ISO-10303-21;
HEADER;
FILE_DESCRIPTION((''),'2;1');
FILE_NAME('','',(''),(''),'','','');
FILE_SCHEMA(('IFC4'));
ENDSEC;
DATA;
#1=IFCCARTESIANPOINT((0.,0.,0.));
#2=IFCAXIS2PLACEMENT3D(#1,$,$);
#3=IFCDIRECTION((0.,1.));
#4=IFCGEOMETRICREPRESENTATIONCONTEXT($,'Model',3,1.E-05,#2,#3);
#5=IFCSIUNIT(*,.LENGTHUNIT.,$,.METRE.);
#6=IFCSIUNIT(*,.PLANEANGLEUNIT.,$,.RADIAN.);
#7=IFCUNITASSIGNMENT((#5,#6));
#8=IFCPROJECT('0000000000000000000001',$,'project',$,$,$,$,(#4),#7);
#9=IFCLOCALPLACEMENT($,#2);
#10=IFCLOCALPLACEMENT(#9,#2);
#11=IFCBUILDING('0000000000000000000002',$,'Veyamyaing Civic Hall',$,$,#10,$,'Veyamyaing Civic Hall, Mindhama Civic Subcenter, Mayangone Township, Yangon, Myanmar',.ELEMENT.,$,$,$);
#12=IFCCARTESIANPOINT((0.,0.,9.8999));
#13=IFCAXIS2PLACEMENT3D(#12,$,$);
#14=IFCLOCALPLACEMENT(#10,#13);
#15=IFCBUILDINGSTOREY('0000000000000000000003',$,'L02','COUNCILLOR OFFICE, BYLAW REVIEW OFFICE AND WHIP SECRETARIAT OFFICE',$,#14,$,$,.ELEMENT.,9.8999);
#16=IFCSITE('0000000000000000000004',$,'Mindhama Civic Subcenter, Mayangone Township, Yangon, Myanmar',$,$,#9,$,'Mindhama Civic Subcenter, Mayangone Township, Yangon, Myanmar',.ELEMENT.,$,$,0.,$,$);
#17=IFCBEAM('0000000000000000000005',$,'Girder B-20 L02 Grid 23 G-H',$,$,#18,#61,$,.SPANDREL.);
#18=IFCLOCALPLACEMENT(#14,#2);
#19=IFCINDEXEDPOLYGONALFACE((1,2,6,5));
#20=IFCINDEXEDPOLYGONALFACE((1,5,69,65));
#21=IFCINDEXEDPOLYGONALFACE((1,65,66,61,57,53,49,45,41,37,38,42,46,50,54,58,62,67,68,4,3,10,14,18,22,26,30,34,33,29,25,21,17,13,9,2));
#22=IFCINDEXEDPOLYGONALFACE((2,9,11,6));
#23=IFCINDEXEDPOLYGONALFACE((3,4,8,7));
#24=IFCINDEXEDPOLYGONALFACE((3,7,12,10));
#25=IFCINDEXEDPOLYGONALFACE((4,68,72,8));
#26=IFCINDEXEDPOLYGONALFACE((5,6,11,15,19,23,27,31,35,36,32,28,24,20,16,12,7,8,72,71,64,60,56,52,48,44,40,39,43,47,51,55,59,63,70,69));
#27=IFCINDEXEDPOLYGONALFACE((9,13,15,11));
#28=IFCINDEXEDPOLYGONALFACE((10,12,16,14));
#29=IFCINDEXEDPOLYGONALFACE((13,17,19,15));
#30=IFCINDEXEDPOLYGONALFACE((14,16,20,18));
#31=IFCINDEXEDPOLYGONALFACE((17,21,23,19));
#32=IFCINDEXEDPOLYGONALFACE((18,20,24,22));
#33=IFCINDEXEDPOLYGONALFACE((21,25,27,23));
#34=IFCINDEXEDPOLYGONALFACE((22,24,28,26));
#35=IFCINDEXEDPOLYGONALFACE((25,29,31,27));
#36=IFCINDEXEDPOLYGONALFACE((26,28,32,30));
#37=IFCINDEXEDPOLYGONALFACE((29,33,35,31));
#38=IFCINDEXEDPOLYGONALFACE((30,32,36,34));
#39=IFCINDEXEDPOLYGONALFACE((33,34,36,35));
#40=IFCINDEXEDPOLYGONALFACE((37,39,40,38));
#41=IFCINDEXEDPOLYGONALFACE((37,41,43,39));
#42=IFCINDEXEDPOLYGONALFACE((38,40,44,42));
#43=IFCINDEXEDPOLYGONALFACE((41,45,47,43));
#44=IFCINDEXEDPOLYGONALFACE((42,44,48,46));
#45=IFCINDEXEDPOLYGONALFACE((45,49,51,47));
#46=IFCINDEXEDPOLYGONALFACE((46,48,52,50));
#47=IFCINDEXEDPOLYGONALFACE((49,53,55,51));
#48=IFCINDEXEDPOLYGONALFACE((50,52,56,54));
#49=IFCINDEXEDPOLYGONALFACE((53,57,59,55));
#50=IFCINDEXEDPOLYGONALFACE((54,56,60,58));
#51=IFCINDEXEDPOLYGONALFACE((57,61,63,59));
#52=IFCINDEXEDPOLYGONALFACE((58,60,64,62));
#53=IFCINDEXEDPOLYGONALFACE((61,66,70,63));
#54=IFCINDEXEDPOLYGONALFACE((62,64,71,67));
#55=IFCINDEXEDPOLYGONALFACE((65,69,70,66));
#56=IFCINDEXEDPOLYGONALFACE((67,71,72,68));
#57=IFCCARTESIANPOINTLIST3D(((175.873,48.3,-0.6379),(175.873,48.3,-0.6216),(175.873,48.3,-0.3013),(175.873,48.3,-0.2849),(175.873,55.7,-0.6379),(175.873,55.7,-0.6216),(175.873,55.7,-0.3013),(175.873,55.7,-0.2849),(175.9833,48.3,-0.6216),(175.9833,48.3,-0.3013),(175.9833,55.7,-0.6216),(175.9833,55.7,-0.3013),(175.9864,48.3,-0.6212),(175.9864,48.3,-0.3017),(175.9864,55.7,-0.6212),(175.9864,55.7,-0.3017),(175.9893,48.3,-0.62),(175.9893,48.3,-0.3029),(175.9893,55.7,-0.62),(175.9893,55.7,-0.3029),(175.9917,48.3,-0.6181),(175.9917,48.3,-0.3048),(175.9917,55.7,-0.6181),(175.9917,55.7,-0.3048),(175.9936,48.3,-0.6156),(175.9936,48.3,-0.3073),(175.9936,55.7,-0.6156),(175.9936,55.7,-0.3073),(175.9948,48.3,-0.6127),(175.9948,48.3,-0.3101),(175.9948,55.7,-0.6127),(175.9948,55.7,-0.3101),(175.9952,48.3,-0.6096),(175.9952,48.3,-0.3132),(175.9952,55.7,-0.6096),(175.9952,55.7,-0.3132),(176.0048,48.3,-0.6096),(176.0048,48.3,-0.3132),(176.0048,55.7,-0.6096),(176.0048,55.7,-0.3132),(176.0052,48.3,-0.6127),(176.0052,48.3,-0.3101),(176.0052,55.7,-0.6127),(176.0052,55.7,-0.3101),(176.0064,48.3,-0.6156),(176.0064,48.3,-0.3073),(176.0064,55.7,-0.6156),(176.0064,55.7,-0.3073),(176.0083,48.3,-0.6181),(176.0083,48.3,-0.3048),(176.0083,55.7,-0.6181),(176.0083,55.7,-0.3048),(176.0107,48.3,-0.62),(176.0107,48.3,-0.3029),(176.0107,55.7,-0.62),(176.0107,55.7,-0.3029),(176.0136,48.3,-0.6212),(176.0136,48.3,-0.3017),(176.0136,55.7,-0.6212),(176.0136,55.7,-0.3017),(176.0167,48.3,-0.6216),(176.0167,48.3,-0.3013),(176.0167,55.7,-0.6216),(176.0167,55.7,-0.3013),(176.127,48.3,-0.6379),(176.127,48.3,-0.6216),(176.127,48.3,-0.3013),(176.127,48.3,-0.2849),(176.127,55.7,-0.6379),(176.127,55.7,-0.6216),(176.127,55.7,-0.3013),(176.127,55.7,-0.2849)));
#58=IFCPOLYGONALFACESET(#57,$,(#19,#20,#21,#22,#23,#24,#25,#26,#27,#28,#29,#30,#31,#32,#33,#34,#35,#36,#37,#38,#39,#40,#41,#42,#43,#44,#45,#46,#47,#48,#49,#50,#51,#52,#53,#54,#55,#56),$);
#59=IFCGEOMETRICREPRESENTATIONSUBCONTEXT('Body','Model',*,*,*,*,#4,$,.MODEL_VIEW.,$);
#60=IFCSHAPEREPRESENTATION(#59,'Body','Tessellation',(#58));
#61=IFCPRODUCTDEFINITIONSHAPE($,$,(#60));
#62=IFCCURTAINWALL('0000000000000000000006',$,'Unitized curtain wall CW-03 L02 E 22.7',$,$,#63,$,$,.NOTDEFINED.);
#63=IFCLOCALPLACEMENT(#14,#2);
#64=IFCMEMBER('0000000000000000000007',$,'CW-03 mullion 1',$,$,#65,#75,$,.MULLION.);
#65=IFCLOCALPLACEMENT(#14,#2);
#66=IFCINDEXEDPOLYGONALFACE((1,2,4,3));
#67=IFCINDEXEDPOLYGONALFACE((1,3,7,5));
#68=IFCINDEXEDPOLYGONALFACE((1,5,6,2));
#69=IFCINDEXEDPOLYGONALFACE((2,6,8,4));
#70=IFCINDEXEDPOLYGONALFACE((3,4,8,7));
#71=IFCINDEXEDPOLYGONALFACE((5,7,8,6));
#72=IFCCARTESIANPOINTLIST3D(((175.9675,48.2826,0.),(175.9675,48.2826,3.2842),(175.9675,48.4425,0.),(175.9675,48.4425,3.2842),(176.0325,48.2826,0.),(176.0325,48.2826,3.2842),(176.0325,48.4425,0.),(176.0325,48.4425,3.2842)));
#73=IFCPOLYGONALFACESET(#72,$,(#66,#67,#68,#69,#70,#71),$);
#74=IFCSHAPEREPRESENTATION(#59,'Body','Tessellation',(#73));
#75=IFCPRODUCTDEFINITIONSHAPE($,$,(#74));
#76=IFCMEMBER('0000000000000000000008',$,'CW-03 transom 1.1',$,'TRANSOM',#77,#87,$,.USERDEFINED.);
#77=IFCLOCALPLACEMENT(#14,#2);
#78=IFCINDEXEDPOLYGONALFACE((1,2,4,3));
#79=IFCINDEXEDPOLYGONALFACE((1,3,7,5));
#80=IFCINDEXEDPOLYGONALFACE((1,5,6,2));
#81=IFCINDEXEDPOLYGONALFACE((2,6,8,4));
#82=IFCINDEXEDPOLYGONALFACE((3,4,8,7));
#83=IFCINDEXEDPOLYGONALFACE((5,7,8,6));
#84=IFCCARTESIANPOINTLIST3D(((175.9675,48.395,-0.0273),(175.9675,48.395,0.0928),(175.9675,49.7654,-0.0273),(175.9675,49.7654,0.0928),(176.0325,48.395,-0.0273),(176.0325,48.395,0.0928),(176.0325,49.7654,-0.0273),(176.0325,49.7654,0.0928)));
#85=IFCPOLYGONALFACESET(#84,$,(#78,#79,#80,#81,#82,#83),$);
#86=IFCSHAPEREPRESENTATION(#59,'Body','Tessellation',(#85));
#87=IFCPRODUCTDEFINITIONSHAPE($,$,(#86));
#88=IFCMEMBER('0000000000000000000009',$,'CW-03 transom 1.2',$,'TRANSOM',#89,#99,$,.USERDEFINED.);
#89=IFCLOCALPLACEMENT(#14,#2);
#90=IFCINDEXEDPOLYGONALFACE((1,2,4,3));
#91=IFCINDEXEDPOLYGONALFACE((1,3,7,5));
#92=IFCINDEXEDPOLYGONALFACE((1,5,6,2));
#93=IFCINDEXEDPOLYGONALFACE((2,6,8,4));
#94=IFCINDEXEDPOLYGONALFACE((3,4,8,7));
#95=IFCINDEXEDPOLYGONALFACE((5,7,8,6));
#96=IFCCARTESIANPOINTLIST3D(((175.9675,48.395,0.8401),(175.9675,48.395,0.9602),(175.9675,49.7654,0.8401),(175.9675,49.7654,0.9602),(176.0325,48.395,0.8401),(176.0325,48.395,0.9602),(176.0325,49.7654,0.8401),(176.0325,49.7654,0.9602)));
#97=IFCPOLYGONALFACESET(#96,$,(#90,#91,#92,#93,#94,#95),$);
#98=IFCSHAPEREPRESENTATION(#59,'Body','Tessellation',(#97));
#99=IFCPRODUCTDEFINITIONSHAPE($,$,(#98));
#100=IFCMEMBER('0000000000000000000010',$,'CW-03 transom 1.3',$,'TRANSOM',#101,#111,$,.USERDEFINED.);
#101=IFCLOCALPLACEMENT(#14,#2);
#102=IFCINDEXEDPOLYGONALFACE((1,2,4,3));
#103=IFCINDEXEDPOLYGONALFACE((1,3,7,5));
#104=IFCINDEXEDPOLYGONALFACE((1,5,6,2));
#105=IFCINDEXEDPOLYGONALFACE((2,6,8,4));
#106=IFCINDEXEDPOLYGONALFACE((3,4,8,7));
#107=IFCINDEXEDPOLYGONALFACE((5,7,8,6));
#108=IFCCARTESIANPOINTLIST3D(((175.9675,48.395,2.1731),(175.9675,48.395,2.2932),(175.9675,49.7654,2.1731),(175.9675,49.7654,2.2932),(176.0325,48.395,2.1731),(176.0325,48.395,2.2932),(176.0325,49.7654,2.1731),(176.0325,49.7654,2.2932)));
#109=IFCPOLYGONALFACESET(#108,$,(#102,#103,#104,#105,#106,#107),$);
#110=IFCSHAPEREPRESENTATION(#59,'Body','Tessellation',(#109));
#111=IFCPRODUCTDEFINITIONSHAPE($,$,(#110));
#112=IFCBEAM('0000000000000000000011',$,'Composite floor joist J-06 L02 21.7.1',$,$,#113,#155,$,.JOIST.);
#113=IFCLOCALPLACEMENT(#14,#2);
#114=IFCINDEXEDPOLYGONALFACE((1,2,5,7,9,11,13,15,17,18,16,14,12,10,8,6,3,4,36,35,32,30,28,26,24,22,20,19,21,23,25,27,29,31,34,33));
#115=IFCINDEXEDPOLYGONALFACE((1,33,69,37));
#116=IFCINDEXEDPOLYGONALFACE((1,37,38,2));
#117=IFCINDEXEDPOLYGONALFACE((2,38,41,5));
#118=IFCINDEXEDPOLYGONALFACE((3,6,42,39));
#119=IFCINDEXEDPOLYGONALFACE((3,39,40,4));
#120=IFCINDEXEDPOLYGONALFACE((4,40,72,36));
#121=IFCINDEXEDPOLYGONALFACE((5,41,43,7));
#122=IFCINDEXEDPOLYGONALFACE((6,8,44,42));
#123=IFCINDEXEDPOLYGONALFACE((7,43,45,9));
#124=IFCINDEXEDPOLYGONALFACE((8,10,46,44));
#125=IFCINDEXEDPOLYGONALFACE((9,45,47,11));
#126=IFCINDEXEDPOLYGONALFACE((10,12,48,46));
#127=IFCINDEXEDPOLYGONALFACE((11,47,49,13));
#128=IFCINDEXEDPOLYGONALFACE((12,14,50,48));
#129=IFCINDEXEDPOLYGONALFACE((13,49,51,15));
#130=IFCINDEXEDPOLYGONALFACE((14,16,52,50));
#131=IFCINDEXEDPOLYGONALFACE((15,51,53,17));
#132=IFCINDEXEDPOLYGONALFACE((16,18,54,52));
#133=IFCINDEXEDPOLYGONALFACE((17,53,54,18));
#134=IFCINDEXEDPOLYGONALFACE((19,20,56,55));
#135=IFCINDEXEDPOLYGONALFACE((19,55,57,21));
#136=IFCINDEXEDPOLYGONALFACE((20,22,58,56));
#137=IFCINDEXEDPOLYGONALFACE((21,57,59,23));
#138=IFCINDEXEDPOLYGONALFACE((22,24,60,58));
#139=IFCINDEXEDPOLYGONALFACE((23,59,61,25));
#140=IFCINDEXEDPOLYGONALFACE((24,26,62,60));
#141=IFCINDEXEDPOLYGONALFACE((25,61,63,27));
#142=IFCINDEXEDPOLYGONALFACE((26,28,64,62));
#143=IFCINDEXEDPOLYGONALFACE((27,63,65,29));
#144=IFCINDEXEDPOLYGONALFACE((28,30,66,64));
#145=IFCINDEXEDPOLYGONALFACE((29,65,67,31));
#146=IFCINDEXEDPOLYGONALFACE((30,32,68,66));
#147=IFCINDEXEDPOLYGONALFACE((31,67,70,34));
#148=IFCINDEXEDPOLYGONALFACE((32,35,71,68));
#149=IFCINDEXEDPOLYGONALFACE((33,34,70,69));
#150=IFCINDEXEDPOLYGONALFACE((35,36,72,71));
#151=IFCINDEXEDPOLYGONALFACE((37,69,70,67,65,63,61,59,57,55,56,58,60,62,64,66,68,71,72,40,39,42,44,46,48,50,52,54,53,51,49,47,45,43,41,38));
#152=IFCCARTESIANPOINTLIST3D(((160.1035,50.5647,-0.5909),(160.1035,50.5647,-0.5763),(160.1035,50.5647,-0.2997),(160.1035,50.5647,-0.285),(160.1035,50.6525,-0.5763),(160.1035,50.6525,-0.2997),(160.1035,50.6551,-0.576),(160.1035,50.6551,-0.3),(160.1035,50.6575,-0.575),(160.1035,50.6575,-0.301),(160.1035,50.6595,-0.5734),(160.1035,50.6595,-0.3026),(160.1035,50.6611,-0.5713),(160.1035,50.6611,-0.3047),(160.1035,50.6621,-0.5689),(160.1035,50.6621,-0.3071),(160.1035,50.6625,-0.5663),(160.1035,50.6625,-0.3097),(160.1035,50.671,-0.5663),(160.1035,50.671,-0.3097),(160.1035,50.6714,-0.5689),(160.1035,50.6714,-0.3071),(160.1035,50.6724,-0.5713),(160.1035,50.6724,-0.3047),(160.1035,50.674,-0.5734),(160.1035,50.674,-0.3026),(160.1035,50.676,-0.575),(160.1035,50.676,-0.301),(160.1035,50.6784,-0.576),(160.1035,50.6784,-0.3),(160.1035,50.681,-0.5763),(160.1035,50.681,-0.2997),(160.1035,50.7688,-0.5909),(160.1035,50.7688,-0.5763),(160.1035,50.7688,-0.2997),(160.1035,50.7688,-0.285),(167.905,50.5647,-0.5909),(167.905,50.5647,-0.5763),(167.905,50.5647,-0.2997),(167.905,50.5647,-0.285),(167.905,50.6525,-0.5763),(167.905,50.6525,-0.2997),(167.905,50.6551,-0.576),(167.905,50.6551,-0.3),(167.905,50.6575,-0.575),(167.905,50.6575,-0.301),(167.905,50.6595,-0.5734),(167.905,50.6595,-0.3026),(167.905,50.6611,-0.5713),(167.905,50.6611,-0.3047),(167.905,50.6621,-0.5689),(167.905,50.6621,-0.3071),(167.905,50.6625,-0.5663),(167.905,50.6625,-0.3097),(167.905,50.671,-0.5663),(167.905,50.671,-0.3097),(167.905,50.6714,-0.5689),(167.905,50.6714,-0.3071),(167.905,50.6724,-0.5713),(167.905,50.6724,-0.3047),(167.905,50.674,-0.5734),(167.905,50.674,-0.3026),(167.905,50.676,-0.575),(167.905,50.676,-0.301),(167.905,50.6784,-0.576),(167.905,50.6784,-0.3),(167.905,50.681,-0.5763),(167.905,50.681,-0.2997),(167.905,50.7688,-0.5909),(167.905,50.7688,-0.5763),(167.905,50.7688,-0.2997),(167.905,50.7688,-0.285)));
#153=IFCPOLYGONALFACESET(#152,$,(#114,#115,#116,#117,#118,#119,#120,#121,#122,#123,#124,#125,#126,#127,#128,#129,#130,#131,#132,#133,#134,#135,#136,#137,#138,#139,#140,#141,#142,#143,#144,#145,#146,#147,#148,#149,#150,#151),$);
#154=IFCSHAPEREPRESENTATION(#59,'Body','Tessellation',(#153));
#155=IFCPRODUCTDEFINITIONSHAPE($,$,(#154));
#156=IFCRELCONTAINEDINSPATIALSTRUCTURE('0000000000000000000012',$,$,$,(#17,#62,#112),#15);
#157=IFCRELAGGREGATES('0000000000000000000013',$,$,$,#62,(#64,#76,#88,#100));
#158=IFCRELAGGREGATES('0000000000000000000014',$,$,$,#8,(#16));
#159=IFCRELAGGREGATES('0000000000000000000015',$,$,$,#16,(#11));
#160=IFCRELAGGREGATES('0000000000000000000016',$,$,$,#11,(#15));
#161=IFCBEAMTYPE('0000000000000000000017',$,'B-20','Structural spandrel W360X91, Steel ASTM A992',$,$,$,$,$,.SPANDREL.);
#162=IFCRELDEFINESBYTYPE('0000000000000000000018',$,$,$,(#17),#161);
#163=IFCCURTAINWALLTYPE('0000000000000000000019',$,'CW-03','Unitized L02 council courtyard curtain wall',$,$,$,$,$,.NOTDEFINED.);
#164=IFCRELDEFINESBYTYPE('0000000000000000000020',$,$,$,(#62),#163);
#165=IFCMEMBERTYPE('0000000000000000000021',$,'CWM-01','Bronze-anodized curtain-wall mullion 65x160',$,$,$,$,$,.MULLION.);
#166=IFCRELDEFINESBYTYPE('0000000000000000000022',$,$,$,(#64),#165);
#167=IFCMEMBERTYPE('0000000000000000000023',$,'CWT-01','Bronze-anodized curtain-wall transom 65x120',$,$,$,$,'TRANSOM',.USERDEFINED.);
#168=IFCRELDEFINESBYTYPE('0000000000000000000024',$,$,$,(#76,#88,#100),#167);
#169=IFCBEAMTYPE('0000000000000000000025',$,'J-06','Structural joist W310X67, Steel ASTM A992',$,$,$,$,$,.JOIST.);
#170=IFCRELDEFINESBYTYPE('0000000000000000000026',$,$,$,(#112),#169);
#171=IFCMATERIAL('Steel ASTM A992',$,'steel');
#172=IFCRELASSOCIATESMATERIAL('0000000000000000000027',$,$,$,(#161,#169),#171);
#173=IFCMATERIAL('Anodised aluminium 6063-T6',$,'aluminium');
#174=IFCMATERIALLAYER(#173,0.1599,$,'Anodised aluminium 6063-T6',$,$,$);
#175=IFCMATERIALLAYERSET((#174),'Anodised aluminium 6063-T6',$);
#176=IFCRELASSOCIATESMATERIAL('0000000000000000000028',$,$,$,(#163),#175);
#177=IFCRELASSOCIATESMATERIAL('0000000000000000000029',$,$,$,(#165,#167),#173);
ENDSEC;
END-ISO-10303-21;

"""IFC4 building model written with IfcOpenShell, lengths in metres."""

from ifc_helpers import new_model, si_unit, direction, frame, origin, origin_2d, place, context, subcontext, project, spatial, rectangle, i_section, extrude, material, layer, layer_set, material_profile, profile_set, type_object, element, aggregate, save


model = new_model("IFC4")

# Units and contexts
model_context = context("Model", 3, precision=1e-05, world=origin(), true_north=direction((0.0, 1.0)))
body_context = subcontext(model_context, "Body", "Model", "MODEL_VIEW")
ifc_project = project(units=[si_unit("LENGTHUNIT", "METRE"), si_unit("PLANEANGLEUNIT", "RADIAN")], contexts=[model_context])

# Site, building, storey
site_placement = place(None, origin())
site = spatial("IfcSite", under=ifc_project, at=site_placement, Name="Mindhama Civic Subcenter, Mayangone Township, Yangon, Myanmar", LongName="Mindhama Civic Subcenter, Mayangone Township, Yangon, Myanmar", CompositionType="ELEMENT", RefElevation=0.0)
building_placement = place(site_placement, origin())
building = spatial("IfcBuilding", under=site, at=building_placement, Name="Veyamyaing Civic Hall", LongName="Veyamyaing Civic Hall, Mindhama Civic Subcenter, Mayangone Township, Yangon, Myanmar", CompositionType="ELEMENT")
storey_placement = place(building_placement, frame((0.0, 0.0, 9.8999)))
storey = spatial("IfcBuildingStorey", under=building, at=storey_placement, Name="L02", Description="COUNCILLOR OFFICE, BYLAW REVIEW OFFICE AND WHIP SECRETARIAT OFFICE", CompositionType="ELEMENT", Elevation=9.8999)

# Beam
ifc_material_1 = material(Name="Steel ASTM A992", Category="steel")
ifc_material_profile_1 = material_profile(ifc_material_1, i_section(OverallWidth=0.2539, OverallDepth=0.353, WebThickness=0.0095, FlangeThickness=0.0164, FilletRadius=0.012, at=origin_2d()), Name="W360X91")
ifc_profile_set_1 = profile_set([ifc_material_profile_1], Name="Steel ASTM A992")
beam_type_1 = type_object("IfcBeamType", Name="B-20", Description="Structural spandrel W360X91, Steel ASTM A992", PredefinedType="SPANDREL", material=ifc_profile_set_1)
beam_1_placement = place(storey_placement, frame((176.0, 48.3, -0.4614), z_axis=(0.0, 1.0, 0.0), x_axis=(-1.0, 0.0, 0.0)))
element("IfcBeam", 1, at=beam_1_placement, inside=storey, type_object=beam_type_1, Name="Girder B-20 L02 Grid 23 G-H", PredefinedType="SPANDREL", context=body_context, shape_type="SweptSolid", body=[
    extrude(i_section(OverallWidth=0.2539, OverallDepth=0.353, WebThickness=0.0095, FlangeThickness=0.0164, FilletRadius=0.012, at=origin_2d()), origin(), (0.0, 0.0, 1.0), 7.3999),
])

# Curtain wall, members
ifc_material_2 = material(Name="Anodised aluminium 6063-T6", Category="aluminium")
ifc_layer_1 = layer(ifc_material_2, 0.1599, Name="Anodised aluminium 6063-T6")
ifc_layer_set_1 = layer_set([ifc_layer_1], Name="Anodised aluminium 6063-T6")
curtain_wall_type = type_object("IfcCurtainWallType", Name="CW-03", Description="Unitized L02 council courtyard curtain wall", PredefinedType="NOTDEFINED", material=ifc_layer_set_1)
curtain_wall_placement = place(storey_placement, origin())
curtain_wall = element("IfcCurtainWall", 2, at=curtain_wall_placement, inside=storey, type_object=curtain_wall_type, Name="Unitized curtain wall CW-03 L02 E 22.7", PredefinedType="NOTDEFINED")
ifc_material_profile_2 = material_profile(ifc_material_2, rectangle(XDim=0.0649, YDim=0.1599, at=origin_2d()), Name="ALU-MUL-65X160")
ifc_profile_set_2 = profile_set([ifc_material_profile_2], Name="Anodised aluminium 6063-T6")
member_type_1 = type_object("IfcMemberType", Name="CWM-01", Description="Bronze-anodized curtain-wall mullion 65x160", PredefinedType="MULLION", material=ifc_profile_set_2)
member_1_placement = place(storey_placement, frame((176.0, 48.3625, 0.0), z_axis=(0.0, 0.0, 1.0), x_axis=(-1.0, 0.0, 0.0)))
member_1 = element("IfcMember", 3, at=member_1_placement, type_object=member_type_1, Name="CW-03 mullion 1", PredefinedType="MULLION", context=body_context, shape_type="SweptSolid", body=[
    extrude(rectangle(XDim=0.0649, YDim=0.1599, at=origin_2d()), origin(), (0.0, 0.0, 1.0), 3.2842),
])
ifc_material_profile_3 = material_profile(ifc_material_2, rectangle(XDim=0.0649, YDim=0.1201, at=origin_2d()), Name="ALU-TRN-65X120")
ifc_profile_set_3 = profile_set([ifc_material_profile_3], Name="Anodised aluminium 6063-T6")
member_type_2 = type_object("IfcMemberType", Name="CWT-01", Description="Bronze-anodized curtain-wall transom 65x120", ElementType="TRANSOM", PredefinedType="USERDEFINED", material=ifc_profile_set_3)
member_2_placement = place(storey_placement, frame((176.0, 48.395, 0.0327), z_axis=(0.0, 1.0, 0.0), x_axis=(-1.0, 0.0, 0.0)))
member_2 = element("IfcMember", 4, at=member_2_placement, type_object=member_type_2, Name="CW-03 transom 1.1", ObjectType="TRANSOM", PredefinedType="USERDEFINED", context=body_context, shape_type="SweptSolid", body=[
    extrude(rectangle(XDim=0.0649, YDim=0.1201, at=origin_2d()), origin(), (0.0, 0.0, 1.0), 1.3704),
])
member_3_placement = place(storey_placement, frame((176.0, 48.395, 0.9001), z_axis=(0.0, 1.0, 0.0), x_axis=(-1.0, 0.0, 0.0)))
member_3 = element("IfcMember", 5, at=member_3_placement, type_object=member_type_2, Name="CW-03 transom 1.2", ObjectType="TRANSOM", PredefinedType="USERDEFINED", context=body_context, shape_type="SweptSolid", body=[
    extrude(rectangle(XDim=0.0649, YDim=0.1201, at=origin_2d()), origin(), (0.0, 0.0, 1.0), 1.3704),
])
member_4_placement = place(storey_placement, frame((176.0, 48.395, 2.2332), z_axis=(0.0, 1.0, 0.0), x_axis=(-1.0, 0.0, 0.0)))
member_4 = element("IfcMember", 6, at=member_4_placement, type_object=member_type_2, Name="CW-03 transom 1.3", ObjectType="TRANSOM", PredefinedType="USERDEFINED", context=body_context, shape_type="SweptSolid", body=[
    extrude(rectangle(XDim=0.0649, YDim=0.1201, at=origin_2d()), origin(), (0.0, 0.0, 1.0), 1.3704),
])
aggregate(curtain_wall, [member_1, member_2, member_3, member_4])

# Beam
ifc_material_profile_4 = material_profile(ifc_material_1, i_section(OverallWidth=0.2041, OverallDepth=0.3059, WebThickness=0.0085, FlangeThickness=0.0146, FilletRadius=0.01, at=origin_2d()), Name="W310X67")
ifc_profile_set_4 = profile_set([ifc_material_profile_4], Name="Steel ASTM A992")
beam_type_2 = type_object("IfcBeamType", Name="J-06", Description="Structural joist W310X67, Steel ASTM A992", PredefinedType="JOIST", material=ifc_profile_set_4)
for number, where, z_axis, x_axis, name in (
    (7, (160.1035, 50.6667, -0.438), (1.0, 0.0, 0.0), (0.0, 1.0, 0.0), "Composite floor joist J-06 L02 21.7.1"),
):
    element("IfcBeam", number, at=place(storey_placement, frame(where, z_axis=z_axis, x_axis=x_axis)), inside=storey, type_object=beam_type_2, Name=name, PredefinedType="JOIST", context=body_context, shape_type="SweptSolid", body=[
        extrude(i_section(OverallWidth=0.2041, OverallDepth=0.3059, WebThickness=0.0085, FlangeThickness=0.0146, FilletRadius=0.01, at=origin_2d()), origin(), (0.0, 0.0, 1.0), 7.8015),
    ])

save(model, "model.ifc")
